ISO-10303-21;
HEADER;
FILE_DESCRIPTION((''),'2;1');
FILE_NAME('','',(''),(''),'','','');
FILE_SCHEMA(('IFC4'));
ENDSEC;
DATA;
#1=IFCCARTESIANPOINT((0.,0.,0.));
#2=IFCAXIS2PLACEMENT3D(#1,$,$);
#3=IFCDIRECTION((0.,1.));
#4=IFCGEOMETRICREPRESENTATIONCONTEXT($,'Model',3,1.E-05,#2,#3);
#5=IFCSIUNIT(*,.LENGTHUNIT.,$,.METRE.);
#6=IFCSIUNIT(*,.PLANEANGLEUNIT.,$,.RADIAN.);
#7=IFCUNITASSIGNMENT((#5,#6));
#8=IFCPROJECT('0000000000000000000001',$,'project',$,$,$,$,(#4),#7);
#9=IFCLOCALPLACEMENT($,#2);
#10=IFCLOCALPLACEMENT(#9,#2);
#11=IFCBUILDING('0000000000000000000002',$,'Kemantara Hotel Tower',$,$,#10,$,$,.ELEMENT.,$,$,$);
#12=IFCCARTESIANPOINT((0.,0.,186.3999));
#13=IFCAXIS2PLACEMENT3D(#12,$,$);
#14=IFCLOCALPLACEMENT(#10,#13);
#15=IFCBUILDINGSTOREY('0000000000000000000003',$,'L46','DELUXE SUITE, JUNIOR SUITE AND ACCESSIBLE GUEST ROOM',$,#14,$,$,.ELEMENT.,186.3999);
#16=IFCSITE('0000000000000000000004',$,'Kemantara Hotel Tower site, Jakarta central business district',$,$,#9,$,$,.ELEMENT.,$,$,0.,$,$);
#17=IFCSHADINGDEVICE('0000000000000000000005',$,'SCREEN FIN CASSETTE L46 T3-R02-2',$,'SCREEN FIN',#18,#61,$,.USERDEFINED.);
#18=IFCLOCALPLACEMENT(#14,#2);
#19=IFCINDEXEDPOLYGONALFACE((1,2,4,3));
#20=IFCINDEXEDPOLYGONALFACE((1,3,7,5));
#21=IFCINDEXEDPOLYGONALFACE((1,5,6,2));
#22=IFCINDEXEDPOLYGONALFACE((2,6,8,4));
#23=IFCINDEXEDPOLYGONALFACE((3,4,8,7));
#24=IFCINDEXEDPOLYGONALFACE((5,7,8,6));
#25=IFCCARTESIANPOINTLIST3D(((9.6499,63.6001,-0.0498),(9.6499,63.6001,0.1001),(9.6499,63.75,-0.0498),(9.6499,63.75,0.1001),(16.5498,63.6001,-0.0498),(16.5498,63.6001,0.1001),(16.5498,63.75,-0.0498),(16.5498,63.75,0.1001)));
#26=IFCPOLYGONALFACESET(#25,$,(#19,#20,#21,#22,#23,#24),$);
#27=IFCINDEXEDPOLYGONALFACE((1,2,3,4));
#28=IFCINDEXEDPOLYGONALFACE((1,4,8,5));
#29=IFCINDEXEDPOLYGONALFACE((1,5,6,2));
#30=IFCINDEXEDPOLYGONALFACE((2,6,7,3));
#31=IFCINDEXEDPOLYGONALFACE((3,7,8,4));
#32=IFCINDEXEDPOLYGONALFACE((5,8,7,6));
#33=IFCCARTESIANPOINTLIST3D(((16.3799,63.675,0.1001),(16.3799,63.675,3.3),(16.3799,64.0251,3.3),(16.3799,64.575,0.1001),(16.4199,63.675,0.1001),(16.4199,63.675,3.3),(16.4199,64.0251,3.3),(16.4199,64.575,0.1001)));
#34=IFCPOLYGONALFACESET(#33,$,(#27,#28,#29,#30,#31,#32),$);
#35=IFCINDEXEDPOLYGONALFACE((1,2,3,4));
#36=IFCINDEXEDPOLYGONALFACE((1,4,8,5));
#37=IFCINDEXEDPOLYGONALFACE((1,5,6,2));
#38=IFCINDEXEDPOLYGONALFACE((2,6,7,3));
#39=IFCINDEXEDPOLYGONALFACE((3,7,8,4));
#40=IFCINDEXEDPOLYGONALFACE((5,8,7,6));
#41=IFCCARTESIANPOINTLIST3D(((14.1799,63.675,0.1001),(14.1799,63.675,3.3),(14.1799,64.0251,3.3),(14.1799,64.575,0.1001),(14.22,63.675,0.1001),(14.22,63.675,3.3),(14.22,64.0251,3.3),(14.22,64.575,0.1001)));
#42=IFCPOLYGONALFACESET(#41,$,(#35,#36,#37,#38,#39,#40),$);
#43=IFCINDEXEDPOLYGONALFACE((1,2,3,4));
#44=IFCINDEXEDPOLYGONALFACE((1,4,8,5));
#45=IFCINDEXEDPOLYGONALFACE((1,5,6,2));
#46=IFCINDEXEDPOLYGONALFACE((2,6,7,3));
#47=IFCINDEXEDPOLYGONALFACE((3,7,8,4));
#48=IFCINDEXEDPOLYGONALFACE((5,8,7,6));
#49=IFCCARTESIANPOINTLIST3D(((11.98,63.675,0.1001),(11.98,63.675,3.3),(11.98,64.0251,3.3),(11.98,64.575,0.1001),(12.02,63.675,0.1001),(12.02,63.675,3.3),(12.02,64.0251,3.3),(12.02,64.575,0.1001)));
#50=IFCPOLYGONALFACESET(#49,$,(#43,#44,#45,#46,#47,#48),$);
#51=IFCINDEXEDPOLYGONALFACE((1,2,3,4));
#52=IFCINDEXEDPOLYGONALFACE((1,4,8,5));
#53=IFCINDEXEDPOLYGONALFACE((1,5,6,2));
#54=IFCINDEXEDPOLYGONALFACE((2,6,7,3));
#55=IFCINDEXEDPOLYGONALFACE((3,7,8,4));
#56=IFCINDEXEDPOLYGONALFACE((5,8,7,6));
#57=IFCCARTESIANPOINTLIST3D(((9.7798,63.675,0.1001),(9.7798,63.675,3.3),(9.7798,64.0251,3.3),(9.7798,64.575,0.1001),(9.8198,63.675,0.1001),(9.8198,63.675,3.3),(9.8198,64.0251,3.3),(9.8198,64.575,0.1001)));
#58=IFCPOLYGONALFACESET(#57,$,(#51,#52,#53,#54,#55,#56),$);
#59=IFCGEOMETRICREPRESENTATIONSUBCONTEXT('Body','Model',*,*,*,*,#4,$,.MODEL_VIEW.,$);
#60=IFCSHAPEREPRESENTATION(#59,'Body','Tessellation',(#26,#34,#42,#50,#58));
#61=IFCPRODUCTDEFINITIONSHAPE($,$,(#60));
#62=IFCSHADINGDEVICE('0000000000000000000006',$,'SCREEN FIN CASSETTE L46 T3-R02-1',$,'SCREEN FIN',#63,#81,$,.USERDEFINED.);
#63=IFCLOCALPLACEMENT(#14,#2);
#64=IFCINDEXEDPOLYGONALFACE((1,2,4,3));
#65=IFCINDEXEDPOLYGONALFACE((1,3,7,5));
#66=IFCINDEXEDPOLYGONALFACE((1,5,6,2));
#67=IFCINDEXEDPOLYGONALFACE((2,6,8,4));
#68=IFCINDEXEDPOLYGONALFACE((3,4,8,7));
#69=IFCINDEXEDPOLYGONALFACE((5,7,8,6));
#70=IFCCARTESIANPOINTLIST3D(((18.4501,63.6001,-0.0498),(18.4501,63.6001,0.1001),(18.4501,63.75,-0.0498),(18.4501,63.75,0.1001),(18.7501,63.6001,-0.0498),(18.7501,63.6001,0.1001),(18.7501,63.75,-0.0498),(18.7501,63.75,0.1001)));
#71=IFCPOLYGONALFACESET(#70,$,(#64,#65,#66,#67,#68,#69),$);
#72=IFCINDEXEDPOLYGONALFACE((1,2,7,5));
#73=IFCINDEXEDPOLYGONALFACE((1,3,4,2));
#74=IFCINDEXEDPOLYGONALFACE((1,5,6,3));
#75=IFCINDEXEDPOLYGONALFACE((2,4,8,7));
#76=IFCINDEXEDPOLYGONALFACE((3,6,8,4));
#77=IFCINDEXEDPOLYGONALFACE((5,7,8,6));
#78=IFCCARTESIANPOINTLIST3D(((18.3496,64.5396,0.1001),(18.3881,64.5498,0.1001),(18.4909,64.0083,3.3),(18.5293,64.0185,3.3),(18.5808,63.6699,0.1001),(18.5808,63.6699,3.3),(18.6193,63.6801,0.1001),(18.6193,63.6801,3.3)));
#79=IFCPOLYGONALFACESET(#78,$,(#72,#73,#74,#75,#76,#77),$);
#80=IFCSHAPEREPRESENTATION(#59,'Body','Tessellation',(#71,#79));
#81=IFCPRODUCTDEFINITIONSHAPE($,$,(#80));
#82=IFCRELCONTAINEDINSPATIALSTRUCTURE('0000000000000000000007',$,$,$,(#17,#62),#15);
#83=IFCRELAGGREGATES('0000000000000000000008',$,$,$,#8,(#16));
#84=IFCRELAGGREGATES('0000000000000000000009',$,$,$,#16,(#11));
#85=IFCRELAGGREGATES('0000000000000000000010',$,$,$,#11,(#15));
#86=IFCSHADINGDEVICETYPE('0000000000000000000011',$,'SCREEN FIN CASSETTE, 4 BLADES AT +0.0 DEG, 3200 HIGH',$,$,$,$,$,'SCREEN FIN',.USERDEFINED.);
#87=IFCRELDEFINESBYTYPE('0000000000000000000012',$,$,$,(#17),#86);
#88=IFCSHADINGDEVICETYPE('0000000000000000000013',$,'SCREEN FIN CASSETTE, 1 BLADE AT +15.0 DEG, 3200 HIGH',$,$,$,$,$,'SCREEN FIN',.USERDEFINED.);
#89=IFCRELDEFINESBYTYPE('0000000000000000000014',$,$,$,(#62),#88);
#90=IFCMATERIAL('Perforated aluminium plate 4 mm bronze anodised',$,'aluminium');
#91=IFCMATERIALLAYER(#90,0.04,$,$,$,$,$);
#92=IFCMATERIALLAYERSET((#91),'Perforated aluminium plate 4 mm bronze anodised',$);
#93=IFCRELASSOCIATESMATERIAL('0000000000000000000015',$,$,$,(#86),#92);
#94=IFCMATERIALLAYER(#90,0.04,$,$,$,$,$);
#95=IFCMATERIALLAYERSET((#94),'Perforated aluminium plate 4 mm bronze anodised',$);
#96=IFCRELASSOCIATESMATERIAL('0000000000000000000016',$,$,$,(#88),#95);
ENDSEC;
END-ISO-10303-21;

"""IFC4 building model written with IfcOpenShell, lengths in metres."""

from ifc_helpers import new_model, si_unit, direction, frame, origin, origin_2d, place, context, subcontext, project, spatial, polyline, rectangle, outline, extrude, source, transform, mapped, material, layer, layer_set, type_object, element, save


model = new_model("IFC4")

# Units and contexts
model_context = context("Model", 3, precision=1e-05, world=origin(), true_north=direction((0.0, 1.0)))
body_context = subcontext(model_context, "Body", "Model", "MODEL_VIEW")
ifc_project = project(units=[si_unit("LENGTHUNIT", "METRE"), si_unit("PLANEANGLEUNIT", "RADIAN")], contexts=[model_context])

# Site, building, storey
site_placement = place(None, origin())
site = spatial("IfcSite", under=ifc_project, at=site_placement, Name="Kemantara Hotel Tower site, Jakarta central business district", CompositionType="ELEMENT", RefElevation=0.0)
building_placement = place(site_placement, origin())
building = spatial("IfcBuilding", under=site, at=building_placement, Name="Kemantara Hotel Tower", CompositionType="ELEMENT")
storey_placement = place(building_placement, frame((0.0, 0.0, 186.3999)))
storey = spatial("IfcBuildingStorey", under=building, at=storey_placement, Name="L46", Description="DELUXE SUITE, JUNIOR SUITE AND ACCESSIBLE GUEST ROOM", CompositionType="ELEMENT", Elevation=186.3999)

# Shading devices
ifc_material_1 = material(Name="Perforated aluminium plate 4 mm bronze anodised", Category="aluminium")
ifc_layer_1 = layer(ifc_material_1, 0.04)
ifc_layer_set_1 = layer_set([ifc_layer_1], Name="Perforated aluminium plate 4 mm bronze anodised")
shading_device_type_1 = type_object("IfcShadingDeviceType", Name="SCREEN FIN CASSETTE, 4 BLADES AT +0.0 DEG, 3200 HIGH", ElementType="SCREEN FIN", PredefinedType="USERDEFINED", material=ifc_layer_set_1)
shared_shape_1 = source(origin(), body_context, "Body", "SweptSolid", [
    extrude(rectangle(XDim=6.8999, YDim=0.1499, at=origin_2d()), frame((3.3, -0.075, -0.1499), z_axis=(0.0, 0.0, 1.0), x_axis=(1.0, 0.0, 0.0)), (0.0, 0.0, 1.0), 0.1499),
    extrude(outline(polyline([(0.0, 0.0), (0.8999, 0.0), (0.3501, 3.2), (0.0, 3.2), (0.0, 0.0)])), frame((0.02, -0.075, 0.0), z_axis=(-1.0, 0.0, 0.0), x_axis=(0.0, -1.0, 0.0)), (0.0, 0.0, 1.0), 0.04),
    extrude(outline(polyline([(0.0, 0.0), (0.8999, 0.0), (0.3501, 3.2), (0.0, 3.2), (0.0, 0.0)])), frame((2.22, -0.075, 0.0), z_axis=(-1.0, 0.0, 0.0), x_axis=(0.0, -1.0, 0.0)), (0.0, 0.0, 1.0), 0.04),
    extrude(outline(polyline([(0.0, 0.0), (0.8999, 0.0), (0.3501, 3.2), (0.0, 3.2), (0.0, 0.0)])), frame((4.4199, -0.075, 0.0), z_axis=(-1.0, 0.0, 0.0), x_axis=(0.0, -1.0, 0.0)), (0.0, 0.0, 1.0), 0.04),
    extrude(outline(polyline([(0.0, 0.0), (0.8999, 0.0), (0.3501, 3.2), (0.0, 3.2), (0.0, 0.0)])), frame((6.6201, -0.075, 0.0), z_axis=(-1.0, 0.0, 0.0), x_axis=(0.0, -1.0, 0.0)), (0.0, 0.0, 1.0), 0.04),
])
shading_device_1_placement = place(storey_placement, frame((16.3999, 63.6001, 0.1001), z_axis=(0.0, 0.0, 1.0), x_axis=(-1.0, 0.0, 0.0)))
element("IfcShadingDevice", 1, at=shading_device_1_placement, inside=storey, type_object=shading_device_type_1, Name="SCREEN FIN CASSETTE L46 T3-R02-2", ObjectType="SCREEN FIN", PredefinedType="USERDEFINED", context=body_context, shape_type="MappedRepresentation", body=[
    mapped(shared_shape_1, transform((0.0, 0.0, 0.0))),
])
ifc_layer_2 = layer(ifc_material_1, 0.04)
ifc_layer_set_2 = layer_set([ifc_layer_2], Name="Perforated aluminium plate 4 mm bronze anodised")
shading_device_type_2 = type_object("IfcShadingDeviceType", Name="SCREEN FIN CASSETTE, 1 BLADE AT +15.0 DEG, 3200 HIGH", ElementType="SCREEN FIN", PredefinedType="USERDEFINED", material=ifc_layer_set_2)
shared_shape_2 = source(origin(), body_context, "Body", "SweptSolid", [
    extrude(rectangle(XDim=0.3, YDim=0.1499, at=origin_2d()), frame((0.0, -0.075, -0.1499), z_axis=(0.0, 0.0, 1.0), x_axis=(1.0, 0.0, 0.0)), (0.0, 0.0, 1.0), 0.1499),
    extrude(outline(polyline([(0.0, 0.0), (0.8999, 0.0), (0.3501, 3.2), (0.0, 3.2), (0.0, 0.0)])), frame((0.0193, -0.0698, 0.0), z_axis=(-0.966438, -0.256901, 0.0), x_axis=(0.256901, -0.966438, 0.0)), (0.0, 0.0, 1.0), 0.0398),
])
shading_device_2_placement = place(storey_placement, frame((18.6001, 63.6001, 0.1001), z_axis=(0.0, 0.0, 1.0), x_axis=(-1.0, 0.0, 0.0)))
element("IfcShadingDevice", 2, at=shading_device_2_placement, inside=storey, type_object=shading_device_type_2, Name="SCREEN FIN CASSETTE L46 T3-R02-1", ObjectType="SCREEN FIN", PredefinedType="USERDEFINED", context=body_context, shape_type="MappedRepresentation", body=[
    mapped(shared_shape_2, transform((0.0, 0.0, 0.0))),
])

save(model, "model.ifc")
